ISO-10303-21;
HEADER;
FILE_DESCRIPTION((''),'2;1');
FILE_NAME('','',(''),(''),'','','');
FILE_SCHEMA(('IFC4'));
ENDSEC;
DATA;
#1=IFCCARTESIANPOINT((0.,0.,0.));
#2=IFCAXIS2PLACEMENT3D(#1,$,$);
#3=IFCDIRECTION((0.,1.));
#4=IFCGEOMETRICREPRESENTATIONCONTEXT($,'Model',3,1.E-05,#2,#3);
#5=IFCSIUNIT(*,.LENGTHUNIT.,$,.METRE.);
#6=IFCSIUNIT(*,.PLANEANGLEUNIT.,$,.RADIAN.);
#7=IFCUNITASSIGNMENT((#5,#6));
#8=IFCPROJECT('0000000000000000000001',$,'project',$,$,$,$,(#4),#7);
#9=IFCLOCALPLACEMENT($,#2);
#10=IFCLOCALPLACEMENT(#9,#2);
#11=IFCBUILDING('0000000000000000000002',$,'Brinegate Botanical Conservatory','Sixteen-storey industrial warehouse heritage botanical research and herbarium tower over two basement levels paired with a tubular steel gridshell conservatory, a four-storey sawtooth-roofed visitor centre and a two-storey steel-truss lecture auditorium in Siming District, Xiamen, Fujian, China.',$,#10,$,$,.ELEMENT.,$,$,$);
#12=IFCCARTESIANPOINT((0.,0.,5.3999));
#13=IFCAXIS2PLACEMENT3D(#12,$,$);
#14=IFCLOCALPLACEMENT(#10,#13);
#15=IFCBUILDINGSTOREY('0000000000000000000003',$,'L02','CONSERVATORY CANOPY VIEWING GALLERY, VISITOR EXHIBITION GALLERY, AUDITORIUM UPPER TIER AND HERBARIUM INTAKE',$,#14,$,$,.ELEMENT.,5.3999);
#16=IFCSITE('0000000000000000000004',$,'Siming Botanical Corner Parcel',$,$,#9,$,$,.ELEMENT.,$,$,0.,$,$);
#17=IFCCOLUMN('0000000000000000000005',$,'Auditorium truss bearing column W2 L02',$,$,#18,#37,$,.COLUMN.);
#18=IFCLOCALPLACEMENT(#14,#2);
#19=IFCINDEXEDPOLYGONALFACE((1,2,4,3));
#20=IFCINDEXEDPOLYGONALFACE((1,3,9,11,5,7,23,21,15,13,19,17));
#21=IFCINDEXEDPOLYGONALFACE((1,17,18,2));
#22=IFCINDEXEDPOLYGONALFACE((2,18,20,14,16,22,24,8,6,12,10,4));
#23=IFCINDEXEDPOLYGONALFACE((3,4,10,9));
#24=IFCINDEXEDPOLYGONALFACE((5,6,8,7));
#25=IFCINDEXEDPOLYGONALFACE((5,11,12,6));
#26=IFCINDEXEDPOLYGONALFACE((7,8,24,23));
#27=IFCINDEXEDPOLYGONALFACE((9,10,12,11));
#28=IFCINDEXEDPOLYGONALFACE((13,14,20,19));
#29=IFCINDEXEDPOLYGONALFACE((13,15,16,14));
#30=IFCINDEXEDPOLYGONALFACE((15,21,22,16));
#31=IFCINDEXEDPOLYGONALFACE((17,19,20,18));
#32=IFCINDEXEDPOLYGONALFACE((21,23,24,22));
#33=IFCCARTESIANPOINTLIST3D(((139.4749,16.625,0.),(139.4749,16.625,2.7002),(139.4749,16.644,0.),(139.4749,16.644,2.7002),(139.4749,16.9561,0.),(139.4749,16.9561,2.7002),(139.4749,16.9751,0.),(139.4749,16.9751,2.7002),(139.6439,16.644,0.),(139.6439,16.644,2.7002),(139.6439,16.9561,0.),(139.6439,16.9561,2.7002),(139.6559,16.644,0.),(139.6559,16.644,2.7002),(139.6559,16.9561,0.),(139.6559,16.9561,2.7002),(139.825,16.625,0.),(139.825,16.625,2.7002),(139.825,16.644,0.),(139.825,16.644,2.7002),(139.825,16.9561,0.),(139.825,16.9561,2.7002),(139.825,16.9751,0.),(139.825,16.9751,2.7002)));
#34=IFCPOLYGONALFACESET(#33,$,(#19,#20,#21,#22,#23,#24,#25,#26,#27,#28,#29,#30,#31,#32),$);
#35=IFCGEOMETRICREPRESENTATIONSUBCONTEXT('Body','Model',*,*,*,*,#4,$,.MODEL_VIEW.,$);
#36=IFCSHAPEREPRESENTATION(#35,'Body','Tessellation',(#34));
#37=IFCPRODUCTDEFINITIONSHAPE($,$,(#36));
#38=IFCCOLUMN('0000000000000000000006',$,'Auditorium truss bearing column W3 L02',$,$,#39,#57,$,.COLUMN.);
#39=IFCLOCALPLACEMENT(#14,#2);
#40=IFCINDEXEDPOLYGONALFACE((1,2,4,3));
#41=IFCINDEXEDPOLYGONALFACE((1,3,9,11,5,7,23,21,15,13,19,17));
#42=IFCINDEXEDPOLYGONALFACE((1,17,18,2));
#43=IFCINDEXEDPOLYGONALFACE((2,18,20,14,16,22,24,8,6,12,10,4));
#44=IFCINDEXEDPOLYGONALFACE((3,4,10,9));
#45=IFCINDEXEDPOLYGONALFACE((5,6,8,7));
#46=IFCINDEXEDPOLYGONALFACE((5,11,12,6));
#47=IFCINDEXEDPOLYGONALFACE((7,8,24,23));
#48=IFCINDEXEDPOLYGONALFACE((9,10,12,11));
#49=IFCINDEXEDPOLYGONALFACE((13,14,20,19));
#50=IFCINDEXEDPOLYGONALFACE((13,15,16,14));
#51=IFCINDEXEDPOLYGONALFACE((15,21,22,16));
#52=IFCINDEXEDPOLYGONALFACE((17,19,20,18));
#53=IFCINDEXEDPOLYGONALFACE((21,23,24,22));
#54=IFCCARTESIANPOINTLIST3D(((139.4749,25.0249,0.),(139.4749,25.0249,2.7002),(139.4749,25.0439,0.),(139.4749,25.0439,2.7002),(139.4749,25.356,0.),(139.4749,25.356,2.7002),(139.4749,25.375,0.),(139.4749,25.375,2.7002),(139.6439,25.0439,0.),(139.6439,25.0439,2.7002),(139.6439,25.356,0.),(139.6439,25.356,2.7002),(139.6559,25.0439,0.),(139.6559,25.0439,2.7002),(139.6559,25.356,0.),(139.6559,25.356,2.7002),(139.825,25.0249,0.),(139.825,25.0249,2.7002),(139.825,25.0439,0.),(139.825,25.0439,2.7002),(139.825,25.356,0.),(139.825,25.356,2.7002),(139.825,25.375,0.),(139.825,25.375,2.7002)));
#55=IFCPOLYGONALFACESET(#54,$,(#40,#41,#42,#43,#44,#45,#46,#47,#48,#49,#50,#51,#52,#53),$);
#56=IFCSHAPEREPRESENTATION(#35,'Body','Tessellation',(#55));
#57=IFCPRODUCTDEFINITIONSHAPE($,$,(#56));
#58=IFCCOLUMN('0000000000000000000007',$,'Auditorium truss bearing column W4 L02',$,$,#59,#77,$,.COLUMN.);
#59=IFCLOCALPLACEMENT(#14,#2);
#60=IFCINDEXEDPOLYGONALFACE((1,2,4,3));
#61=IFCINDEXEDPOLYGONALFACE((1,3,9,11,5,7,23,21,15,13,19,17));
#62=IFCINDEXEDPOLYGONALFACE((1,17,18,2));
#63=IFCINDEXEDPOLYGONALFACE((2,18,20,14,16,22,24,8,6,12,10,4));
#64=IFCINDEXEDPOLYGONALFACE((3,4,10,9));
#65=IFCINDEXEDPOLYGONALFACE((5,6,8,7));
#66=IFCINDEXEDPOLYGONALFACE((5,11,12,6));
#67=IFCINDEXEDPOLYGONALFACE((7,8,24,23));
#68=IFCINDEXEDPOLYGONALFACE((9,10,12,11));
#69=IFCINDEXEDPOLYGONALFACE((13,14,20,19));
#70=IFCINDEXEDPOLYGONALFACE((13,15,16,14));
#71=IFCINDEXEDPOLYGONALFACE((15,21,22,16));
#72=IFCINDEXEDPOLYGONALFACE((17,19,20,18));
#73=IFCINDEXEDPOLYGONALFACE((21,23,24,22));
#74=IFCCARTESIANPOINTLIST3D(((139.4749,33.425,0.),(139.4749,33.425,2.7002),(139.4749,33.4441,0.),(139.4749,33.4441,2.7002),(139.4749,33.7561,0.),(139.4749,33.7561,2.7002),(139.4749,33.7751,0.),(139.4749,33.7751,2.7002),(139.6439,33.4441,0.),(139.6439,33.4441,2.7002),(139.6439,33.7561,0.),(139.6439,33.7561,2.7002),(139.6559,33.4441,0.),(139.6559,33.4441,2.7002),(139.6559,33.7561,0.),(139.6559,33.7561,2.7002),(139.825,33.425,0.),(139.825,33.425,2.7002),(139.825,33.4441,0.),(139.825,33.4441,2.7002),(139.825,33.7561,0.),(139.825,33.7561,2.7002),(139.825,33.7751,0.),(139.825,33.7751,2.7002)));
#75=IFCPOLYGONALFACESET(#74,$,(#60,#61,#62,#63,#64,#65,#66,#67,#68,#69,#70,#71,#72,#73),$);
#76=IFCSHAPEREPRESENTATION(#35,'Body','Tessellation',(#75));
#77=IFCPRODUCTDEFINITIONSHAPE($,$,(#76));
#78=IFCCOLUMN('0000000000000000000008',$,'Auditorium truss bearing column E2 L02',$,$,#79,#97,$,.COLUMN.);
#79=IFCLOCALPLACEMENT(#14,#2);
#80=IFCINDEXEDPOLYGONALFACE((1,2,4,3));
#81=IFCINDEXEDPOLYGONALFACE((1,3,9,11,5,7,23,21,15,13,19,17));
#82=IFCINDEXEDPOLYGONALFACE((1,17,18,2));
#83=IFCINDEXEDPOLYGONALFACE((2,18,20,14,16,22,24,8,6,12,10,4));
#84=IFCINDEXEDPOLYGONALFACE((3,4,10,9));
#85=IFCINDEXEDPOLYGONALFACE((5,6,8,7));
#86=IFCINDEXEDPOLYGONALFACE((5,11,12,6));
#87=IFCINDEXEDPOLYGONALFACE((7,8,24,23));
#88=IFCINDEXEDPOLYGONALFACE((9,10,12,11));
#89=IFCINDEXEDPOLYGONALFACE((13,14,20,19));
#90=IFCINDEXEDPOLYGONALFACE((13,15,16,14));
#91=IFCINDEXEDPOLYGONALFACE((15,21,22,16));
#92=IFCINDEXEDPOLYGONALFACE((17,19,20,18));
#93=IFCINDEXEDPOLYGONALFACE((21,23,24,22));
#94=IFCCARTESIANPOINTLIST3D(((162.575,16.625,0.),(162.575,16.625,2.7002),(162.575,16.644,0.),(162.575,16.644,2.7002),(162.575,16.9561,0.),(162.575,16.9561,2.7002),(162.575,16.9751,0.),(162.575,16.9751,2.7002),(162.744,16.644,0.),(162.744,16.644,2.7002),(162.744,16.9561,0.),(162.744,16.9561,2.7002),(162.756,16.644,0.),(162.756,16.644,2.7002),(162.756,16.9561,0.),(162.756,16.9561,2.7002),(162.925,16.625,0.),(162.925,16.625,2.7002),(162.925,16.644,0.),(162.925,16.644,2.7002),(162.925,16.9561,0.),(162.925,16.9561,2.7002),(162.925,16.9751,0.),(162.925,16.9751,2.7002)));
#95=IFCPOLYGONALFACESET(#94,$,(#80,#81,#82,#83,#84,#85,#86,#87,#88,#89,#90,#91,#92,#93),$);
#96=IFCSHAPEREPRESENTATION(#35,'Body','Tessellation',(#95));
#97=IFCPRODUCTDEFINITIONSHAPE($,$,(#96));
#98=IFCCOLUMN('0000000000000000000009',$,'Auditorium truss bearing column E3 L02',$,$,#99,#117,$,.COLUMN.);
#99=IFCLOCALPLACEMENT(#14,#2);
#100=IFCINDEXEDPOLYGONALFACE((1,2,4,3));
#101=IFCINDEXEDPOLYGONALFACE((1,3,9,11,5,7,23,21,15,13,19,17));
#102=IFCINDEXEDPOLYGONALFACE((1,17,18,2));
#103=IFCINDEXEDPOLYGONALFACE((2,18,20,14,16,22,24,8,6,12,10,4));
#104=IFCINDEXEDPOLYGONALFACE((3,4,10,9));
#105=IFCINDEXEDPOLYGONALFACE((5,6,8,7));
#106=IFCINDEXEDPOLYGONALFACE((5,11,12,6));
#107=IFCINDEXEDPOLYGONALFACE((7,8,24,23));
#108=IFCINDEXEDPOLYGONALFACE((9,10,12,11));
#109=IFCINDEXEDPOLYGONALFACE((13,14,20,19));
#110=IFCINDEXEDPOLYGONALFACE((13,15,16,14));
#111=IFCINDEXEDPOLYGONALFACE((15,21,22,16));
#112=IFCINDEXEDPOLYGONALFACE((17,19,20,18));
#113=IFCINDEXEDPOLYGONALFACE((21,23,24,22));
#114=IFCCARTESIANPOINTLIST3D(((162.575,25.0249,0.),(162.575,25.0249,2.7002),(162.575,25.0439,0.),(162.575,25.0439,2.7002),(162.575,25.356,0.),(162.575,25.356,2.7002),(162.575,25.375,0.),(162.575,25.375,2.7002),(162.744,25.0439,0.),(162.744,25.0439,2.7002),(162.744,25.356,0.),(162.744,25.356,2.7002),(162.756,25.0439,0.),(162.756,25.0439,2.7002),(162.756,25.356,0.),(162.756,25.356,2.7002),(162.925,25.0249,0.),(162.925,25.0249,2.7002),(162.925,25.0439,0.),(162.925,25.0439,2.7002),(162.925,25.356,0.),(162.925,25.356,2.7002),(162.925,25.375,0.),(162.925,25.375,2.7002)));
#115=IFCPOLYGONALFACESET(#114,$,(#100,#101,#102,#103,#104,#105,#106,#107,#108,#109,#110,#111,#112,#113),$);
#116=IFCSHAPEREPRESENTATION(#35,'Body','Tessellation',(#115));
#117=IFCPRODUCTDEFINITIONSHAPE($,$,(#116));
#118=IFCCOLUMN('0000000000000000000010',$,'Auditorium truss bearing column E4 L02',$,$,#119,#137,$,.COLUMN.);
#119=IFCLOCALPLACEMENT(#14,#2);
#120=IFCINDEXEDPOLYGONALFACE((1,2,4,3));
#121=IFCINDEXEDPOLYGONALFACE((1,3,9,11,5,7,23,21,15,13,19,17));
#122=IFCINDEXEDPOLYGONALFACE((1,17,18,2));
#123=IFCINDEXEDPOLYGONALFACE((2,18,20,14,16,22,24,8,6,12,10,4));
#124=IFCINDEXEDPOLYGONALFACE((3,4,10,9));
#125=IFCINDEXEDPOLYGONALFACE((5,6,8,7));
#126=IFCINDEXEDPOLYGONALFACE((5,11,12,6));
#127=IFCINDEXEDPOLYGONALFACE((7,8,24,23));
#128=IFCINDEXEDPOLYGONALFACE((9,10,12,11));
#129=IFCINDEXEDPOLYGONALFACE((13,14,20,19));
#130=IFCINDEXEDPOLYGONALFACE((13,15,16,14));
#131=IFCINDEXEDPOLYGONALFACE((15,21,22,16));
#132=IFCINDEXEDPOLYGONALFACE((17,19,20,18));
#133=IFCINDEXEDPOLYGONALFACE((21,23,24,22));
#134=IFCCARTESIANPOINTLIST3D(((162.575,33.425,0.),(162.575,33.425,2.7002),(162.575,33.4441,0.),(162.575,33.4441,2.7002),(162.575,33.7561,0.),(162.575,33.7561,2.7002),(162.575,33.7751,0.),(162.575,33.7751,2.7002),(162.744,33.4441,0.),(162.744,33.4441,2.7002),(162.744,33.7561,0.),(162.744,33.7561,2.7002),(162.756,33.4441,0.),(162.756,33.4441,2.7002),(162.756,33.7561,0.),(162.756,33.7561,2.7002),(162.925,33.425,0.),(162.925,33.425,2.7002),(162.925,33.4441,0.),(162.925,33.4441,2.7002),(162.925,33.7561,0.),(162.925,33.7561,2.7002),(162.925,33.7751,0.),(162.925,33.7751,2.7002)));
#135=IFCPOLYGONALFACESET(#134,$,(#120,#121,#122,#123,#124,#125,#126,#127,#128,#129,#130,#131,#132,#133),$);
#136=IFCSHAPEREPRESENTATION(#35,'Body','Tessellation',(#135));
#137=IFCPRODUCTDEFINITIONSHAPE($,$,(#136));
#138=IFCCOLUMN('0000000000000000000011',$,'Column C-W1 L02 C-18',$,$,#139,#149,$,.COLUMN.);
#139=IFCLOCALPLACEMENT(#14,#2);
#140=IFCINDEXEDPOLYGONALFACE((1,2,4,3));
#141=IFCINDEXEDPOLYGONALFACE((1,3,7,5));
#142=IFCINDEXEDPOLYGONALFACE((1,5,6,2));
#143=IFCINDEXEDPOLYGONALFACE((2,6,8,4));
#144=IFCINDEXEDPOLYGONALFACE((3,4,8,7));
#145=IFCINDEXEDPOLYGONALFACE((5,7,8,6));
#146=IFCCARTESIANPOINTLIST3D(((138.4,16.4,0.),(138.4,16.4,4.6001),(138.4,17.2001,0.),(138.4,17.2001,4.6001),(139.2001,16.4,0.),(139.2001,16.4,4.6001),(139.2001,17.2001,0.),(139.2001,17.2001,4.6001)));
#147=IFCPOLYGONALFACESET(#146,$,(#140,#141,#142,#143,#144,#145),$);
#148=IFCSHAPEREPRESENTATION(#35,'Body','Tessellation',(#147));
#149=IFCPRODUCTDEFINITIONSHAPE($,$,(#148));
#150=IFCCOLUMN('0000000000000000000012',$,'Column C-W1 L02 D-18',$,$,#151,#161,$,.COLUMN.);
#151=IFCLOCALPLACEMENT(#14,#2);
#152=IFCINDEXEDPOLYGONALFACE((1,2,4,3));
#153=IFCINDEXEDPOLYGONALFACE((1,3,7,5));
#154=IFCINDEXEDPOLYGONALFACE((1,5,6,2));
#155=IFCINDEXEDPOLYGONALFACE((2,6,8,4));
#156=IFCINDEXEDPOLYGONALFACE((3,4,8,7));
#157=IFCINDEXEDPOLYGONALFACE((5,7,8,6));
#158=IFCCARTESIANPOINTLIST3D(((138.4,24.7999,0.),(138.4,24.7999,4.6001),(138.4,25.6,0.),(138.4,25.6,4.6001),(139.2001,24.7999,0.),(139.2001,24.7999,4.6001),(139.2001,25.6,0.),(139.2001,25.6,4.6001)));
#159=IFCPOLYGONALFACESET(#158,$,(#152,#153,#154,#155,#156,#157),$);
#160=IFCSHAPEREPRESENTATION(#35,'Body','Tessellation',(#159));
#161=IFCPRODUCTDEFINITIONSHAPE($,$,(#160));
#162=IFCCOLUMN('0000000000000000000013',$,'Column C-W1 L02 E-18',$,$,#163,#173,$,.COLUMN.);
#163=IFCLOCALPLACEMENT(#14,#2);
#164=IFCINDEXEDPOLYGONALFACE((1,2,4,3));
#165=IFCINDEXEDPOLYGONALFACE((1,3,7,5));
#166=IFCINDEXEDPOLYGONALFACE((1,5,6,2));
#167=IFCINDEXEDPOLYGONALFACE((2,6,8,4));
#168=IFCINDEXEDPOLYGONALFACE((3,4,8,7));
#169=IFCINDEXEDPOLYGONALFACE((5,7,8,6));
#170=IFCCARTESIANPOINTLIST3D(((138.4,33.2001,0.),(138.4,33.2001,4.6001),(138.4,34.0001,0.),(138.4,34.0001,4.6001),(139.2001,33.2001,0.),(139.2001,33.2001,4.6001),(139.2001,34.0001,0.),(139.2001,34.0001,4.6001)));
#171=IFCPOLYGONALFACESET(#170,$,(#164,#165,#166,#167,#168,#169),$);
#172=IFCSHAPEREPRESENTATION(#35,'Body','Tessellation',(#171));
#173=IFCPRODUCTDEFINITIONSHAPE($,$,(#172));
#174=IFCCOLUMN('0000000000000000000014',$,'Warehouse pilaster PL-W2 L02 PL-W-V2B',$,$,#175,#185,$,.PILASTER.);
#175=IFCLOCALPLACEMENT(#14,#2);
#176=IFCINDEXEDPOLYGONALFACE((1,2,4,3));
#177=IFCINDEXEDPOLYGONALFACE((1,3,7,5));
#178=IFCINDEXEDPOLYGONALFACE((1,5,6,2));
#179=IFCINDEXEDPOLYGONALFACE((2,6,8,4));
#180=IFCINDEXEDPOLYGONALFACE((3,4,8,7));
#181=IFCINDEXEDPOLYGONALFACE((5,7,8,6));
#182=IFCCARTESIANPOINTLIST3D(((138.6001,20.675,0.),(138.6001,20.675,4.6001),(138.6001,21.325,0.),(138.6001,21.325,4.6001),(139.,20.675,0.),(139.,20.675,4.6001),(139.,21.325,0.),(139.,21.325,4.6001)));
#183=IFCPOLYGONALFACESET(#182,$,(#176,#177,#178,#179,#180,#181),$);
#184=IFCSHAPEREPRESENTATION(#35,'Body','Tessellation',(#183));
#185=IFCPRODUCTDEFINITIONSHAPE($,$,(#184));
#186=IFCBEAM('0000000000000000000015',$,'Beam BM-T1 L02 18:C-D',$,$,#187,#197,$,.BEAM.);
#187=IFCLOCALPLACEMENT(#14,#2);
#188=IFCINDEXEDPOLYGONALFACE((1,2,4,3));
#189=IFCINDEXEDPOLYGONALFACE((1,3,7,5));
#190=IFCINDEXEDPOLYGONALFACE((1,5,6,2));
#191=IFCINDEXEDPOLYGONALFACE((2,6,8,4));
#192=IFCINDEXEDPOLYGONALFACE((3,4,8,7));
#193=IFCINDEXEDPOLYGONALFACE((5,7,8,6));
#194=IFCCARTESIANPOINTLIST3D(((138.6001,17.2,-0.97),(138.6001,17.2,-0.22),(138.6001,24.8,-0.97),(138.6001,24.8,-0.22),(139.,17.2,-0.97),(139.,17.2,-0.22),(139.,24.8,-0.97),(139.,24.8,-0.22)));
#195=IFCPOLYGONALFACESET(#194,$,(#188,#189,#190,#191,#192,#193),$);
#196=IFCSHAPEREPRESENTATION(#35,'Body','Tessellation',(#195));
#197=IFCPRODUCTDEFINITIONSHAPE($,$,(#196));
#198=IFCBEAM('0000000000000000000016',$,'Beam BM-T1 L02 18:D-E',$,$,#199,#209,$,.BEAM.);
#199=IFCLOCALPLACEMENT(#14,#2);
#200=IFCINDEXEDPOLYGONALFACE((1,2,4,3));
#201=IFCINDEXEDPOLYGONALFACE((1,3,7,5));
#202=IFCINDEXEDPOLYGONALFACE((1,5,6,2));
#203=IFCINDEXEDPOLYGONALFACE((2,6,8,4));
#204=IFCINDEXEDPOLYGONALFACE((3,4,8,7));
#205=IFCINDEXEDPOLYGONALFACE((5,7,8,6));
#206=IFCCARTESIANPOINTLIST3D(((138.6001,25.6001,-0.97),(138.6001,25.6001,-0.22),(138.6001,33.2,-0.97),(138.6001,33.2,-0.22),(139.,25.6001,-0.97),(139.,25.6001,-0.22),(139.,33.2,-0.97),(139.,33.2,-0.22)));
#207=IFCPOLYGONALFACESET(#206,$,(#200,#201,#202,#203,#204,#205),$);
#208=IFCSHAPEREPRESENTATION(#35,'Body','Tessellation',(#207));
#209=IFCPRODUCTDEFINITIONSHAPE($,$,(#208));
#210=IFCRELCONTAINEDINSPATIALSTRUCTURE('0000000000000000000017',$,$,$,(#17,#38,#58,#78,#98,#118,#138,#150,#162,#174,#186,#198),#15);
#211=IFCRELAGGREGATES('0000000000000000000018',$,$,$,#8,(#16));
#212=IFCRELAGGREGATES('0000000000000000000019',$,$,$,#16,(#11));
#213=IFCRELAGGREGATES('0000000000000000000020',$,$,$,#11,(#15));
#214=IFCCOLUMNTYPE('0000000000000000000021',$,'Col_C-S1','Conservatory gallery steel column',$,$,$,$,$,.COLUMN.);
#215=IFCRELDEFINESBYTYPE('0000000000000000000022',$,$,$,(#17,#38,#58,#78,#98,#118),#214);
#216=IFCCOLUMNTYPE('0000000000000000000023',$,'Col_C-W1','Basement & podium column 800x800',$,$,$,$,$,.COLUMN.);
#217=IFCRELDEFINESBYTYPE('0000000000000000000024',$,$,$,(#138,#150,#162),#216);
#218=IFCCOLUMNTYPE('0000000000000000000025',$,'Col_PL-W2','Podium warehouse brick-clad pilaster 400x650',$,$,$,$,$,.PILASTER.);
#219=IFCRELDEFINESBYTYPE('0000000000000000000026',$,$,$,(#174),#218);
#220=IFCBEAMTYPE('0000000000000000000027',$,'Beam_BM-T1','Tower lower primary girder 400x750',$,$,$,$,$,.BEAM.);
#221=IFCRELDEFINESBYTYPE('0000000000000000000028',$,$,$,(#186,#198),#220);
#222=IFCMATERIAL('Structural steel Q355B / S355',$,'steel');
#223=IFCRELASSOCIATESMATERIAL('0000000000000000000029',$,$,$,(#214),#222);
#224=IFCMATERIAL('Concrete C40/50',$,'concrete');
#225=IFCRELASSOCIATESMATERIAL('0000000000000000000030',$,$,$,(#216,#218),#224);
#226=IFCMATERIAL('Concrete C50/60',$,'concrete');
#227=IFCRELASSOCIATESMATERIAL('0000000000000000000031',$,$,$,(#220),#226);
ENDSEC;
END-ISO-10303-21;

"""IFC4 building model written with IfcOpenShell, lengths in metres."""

from ifc_helpers import new_model, si_unit, direction, frame, origin, origin_2d, place, context, subcontext, project, spatial, rectangle, i_section, extrude, material, material_profile, profile_set, type_object, element, save


model = new_model("IFC4")

# Units and contexts
model_context = context("Model", 3, precision=1e-05, world=origin(), true_north=direction((0.0, 1.0)))
body_context = subcontext(model_context, "Body", "Model", "MODEL_VIEW")
ifc_project = project(units=[si_unit("LENGTHUNIT", "METRE"), si_unit("PLANEANGLEUNIT", "RADIAN")], contexts=[model_context])

# Site, building, storey
site_placement = place(None, origin())
site = spatial("IfcSite", under=ifc_project, at=site_placement, Name="Siming Botanical Corner Parcel", CompositionType="ELEMENT", RefElevation=0.0)
building_placement = place(site_placement, origin())
building = spatial("IfcBuilding", under=site, at=building_placement, Name="Brinegate Botanical Conservatory", Description="Sixteen-storey industrial warehouse heritage botanical research and herbarium tower over two basement levels paired with a tubular steel gridshell conservatory, a four-storey sawtooth-roofed visitor centre and a two-storey steel-truss lecture auditorium in Siming District, Xiamen, Fujian, China.", CompositionType="ELEMENT")
storey_placement = place(building_placement, frame((0.0, 0.0, 5.3999)))
storey = spatial("IfcBuildingStorey", under=building, at=storey_placement, Name="L02", Description="CONSERVATORY CANOPY VIEWING GALLERY, VISITOR EXHIBITION GALLERY, AUDITORIUM UPPER TIER AND HERBARIUM INTAKE", CompositionType="ELEMENT", Elevation=5.3999)

# Columns
ifc_material_1 = material(Name="Structural steel Q355B / S355", Category="steel")
ifc_material_profile_1 = material_profile(ifc_material_1, i_section(OverallWidth=0.3501, OverallDepth=0.3501, WebThickness=0.012, FlangeThickness=0.019, at=origin_2d()), Name="HW 350x350x12x19")
ifc_profile_set_1 = profile_set([ifc_material_profile_1], Name="Structural steel Q355B / S355")
column_type_1 = type_object("IfcColumnType", Name="Col_C-S1", Description="Conservatory gallery steel column", PredefinedType="COLUMN", material=ifc_profile_set_1)
for number, where, z_axis, x_axis, name in (
    (1, (139.6499, 16.8, 0.0), (0.0, 0.0, 1.0), (1.0, 0.0, 0.0), "Auditorium truss bearing column W2 L02"),
    (2, (139.6499, 25.2, 0.0), (0.0, 0.0, 1.0), (1.0, 0.0, 0.0), "Auditorium truss bearing column W3 L02"),
    (3, (139.6499, 33.6001, 0.0), (0.0, 0.0, 1.0), (1.0, 0.0, 0.0), "Auditorium truss bearing column W4 L02"),
    (4, (162.75, 16.8, 0.0), (0.0, 0.0, 1.0), (1.0, 0.0, 0.0), "Auditorium truss bearing column E2 L02"),
    (5, (162.75, 25.2, 0.0), (0.0, 0.0, 1.0), (1.0, 0.0, 0.0), "Auditorium truss bearing column E3 L02"),
    (6, (162.75, 33.6001, 0.0), (0.0, 0.0, 1.0), (1.0, 0.0, 0.0), "Auditorium truss bearing column E4 L02"),
):
    element("IfcColumn", number, at=place(storey_placement, frame(where, z_axis=z_axis, x_axis=x_axis)), inside=storey, type_object=column_type_1, Name=name, PredefinedType="COLUMN", context=body_context, shape_type="SweptSolid", body=[
        extrude(i_section(OverallWidth=0.3501, OverallDepth=0.3501, WebThickness=0.012, FlangeThickness=0.019, at=origin_2d()), origin(), (0.0, 0.0, 1.0), 2.7002),
    ])
ifc_material_2 = material(Name="Concrete C40/50", Category="concrete")
ifc_material_profile_2 = material_profile(ifc_material_2, rectangle(XDim=0.8, YDim=0.8, at=origin_2d()), Name="RC COL 800x800")
ifc_profile_set_2 = profile_set([ifc_material_profile_2], Name="Concrete C40/50")
column_type_2 = type_object("IfcColumnType", Name="Col_C-W1", Description="Basement & podium column 800x800", PredefinedType="COLUMN", material=ifc_profile_set_2)
for number, where, z_axis, x_axis, name in (
    (7, (138.8, 16.8, 0.0), (0.0, 0.0, 1.0), (1.0, 0.0, 0.0), "Column C-W1 L02 C-18"),
    (8, (138.8, 25.2, 0.0), (0.0, 0.0, 1.0), (1.0, 0.0, 0.0), "Column C-W1 L02 D-18"),
    (9, (138.8, 33.6001, 0.0), (0.0, 0.0, 1.0), (1.0, 0.0, 0.0), "Column C-W1 L02 E-18"),
):
    element("IfcColumn", number, at=place(storey_placement, frame(where, z_axis=z_axis, x_axis=x_axis)), inside=storey, type_object=column_type_2, Name=name, PredefinedType="COLUMN", context=body_context, shape_type="SweptSolid", body=[
        extrude(rectangle(XDim=0.8, YDim=0.8, at=origin_2d()), origin(), (0.0, 0.0, 1.0), 4.6001),
    ])
ifc_material_profile_3 = material_profile(ifc_material_2, rectangle(XDim=0.3999, YDim=0.6499, at=origin_2d()), Name="RC PILASTER 400x650")
ifc_profile_set_3 = profile_set([ifc_material_profile_3], Name="Concrete C40/50")
column_type_3 = type_object("IfcColumnType", Name="Col_PL-W2", Description="Podium warehouse brick-clad pilaster 400x650", PredefinedType="PILASTER", material=ifc_profile_set_3)
column_placement = place(storey_placement, frame((138.8, 21.0, 0.0), z_axis=(0.0, 0.0, 1.0), x_axis=(1.0, 0.0, 0.0)))
element("IfcColumn", 10, at=column_placement, inside=storey, type_object=column_type_3, Name="Warehouse pilaster PL-W2 L02 PL-W-V2B", PredefinedType="PILASTER", context=body_context, shape_type="SweptSolid", body=[
    extrude(rectangle(XDim=0.3999, YDim=0.6499, at=origin_2d()), origin(), (0.0, 0.0, 1.0), 4.6001),
])

# Beams
ifc_material_3 = material(Name="Concrete C50/60", Category="concrete")
ifc_material_profile_4 = material_profile(ifc_material_3, rectangle(XDim=0.3999, YDim=0.75, at=origin_2d()), Name="RC BM 400x750")
ifc_profile_set_4 = profile_set([ifc_material_profile_4], Name="Concrete C50/60")
beam_type = type_object("IfcBeamType", Name="Beam_BM-T1", Description="Tower lower primary girder 400x750", PredefinedType="BEAM", material=ifc_profile_set_4)
beam_1_placement = place(storey_placement, frame((138.8, 17.2, -0.595), z_axis=(0.0, 1.0, 0.0), x_axis=(-1.0, 0.0, 0.0)))
element("IfcBeam", 11, at=beam_1_placement, inside=storey, type_object=beam_type, Name="Beam BM-T1 L02 18:C-D", PredefinedType="BEAM", context=body_context, shape_type="SweptSolid", body=[
    extrude(rectangle(XDim=0.3999, YDim=0.75, at=origin_2d()), origin(), (0.0, 0.0, 1.0), 7.6001),
])
beam_2_placement = place(storey_placement, frame((138.8, 25.6001, -0.595), z_axis=(0.0, 1.0, 0.0), x_axis=(-1.0, 0.0, 0.0)))
element("IfcBeam", 12, at=beam_2_placement, inside=storey, type_object=beam_type, Name="Beam BM-T1 L02 18:D-E", PredefinedType="BEAM", context=body_context, shape_type="SweptSolid", body=[
    extrude(rectangle(XDim=0.3999, YDim=0.75, at=origin_2d()), origin(), (0.0, 0.0, 1.0), 7.5999),
])

save(model, "model.ifc")
